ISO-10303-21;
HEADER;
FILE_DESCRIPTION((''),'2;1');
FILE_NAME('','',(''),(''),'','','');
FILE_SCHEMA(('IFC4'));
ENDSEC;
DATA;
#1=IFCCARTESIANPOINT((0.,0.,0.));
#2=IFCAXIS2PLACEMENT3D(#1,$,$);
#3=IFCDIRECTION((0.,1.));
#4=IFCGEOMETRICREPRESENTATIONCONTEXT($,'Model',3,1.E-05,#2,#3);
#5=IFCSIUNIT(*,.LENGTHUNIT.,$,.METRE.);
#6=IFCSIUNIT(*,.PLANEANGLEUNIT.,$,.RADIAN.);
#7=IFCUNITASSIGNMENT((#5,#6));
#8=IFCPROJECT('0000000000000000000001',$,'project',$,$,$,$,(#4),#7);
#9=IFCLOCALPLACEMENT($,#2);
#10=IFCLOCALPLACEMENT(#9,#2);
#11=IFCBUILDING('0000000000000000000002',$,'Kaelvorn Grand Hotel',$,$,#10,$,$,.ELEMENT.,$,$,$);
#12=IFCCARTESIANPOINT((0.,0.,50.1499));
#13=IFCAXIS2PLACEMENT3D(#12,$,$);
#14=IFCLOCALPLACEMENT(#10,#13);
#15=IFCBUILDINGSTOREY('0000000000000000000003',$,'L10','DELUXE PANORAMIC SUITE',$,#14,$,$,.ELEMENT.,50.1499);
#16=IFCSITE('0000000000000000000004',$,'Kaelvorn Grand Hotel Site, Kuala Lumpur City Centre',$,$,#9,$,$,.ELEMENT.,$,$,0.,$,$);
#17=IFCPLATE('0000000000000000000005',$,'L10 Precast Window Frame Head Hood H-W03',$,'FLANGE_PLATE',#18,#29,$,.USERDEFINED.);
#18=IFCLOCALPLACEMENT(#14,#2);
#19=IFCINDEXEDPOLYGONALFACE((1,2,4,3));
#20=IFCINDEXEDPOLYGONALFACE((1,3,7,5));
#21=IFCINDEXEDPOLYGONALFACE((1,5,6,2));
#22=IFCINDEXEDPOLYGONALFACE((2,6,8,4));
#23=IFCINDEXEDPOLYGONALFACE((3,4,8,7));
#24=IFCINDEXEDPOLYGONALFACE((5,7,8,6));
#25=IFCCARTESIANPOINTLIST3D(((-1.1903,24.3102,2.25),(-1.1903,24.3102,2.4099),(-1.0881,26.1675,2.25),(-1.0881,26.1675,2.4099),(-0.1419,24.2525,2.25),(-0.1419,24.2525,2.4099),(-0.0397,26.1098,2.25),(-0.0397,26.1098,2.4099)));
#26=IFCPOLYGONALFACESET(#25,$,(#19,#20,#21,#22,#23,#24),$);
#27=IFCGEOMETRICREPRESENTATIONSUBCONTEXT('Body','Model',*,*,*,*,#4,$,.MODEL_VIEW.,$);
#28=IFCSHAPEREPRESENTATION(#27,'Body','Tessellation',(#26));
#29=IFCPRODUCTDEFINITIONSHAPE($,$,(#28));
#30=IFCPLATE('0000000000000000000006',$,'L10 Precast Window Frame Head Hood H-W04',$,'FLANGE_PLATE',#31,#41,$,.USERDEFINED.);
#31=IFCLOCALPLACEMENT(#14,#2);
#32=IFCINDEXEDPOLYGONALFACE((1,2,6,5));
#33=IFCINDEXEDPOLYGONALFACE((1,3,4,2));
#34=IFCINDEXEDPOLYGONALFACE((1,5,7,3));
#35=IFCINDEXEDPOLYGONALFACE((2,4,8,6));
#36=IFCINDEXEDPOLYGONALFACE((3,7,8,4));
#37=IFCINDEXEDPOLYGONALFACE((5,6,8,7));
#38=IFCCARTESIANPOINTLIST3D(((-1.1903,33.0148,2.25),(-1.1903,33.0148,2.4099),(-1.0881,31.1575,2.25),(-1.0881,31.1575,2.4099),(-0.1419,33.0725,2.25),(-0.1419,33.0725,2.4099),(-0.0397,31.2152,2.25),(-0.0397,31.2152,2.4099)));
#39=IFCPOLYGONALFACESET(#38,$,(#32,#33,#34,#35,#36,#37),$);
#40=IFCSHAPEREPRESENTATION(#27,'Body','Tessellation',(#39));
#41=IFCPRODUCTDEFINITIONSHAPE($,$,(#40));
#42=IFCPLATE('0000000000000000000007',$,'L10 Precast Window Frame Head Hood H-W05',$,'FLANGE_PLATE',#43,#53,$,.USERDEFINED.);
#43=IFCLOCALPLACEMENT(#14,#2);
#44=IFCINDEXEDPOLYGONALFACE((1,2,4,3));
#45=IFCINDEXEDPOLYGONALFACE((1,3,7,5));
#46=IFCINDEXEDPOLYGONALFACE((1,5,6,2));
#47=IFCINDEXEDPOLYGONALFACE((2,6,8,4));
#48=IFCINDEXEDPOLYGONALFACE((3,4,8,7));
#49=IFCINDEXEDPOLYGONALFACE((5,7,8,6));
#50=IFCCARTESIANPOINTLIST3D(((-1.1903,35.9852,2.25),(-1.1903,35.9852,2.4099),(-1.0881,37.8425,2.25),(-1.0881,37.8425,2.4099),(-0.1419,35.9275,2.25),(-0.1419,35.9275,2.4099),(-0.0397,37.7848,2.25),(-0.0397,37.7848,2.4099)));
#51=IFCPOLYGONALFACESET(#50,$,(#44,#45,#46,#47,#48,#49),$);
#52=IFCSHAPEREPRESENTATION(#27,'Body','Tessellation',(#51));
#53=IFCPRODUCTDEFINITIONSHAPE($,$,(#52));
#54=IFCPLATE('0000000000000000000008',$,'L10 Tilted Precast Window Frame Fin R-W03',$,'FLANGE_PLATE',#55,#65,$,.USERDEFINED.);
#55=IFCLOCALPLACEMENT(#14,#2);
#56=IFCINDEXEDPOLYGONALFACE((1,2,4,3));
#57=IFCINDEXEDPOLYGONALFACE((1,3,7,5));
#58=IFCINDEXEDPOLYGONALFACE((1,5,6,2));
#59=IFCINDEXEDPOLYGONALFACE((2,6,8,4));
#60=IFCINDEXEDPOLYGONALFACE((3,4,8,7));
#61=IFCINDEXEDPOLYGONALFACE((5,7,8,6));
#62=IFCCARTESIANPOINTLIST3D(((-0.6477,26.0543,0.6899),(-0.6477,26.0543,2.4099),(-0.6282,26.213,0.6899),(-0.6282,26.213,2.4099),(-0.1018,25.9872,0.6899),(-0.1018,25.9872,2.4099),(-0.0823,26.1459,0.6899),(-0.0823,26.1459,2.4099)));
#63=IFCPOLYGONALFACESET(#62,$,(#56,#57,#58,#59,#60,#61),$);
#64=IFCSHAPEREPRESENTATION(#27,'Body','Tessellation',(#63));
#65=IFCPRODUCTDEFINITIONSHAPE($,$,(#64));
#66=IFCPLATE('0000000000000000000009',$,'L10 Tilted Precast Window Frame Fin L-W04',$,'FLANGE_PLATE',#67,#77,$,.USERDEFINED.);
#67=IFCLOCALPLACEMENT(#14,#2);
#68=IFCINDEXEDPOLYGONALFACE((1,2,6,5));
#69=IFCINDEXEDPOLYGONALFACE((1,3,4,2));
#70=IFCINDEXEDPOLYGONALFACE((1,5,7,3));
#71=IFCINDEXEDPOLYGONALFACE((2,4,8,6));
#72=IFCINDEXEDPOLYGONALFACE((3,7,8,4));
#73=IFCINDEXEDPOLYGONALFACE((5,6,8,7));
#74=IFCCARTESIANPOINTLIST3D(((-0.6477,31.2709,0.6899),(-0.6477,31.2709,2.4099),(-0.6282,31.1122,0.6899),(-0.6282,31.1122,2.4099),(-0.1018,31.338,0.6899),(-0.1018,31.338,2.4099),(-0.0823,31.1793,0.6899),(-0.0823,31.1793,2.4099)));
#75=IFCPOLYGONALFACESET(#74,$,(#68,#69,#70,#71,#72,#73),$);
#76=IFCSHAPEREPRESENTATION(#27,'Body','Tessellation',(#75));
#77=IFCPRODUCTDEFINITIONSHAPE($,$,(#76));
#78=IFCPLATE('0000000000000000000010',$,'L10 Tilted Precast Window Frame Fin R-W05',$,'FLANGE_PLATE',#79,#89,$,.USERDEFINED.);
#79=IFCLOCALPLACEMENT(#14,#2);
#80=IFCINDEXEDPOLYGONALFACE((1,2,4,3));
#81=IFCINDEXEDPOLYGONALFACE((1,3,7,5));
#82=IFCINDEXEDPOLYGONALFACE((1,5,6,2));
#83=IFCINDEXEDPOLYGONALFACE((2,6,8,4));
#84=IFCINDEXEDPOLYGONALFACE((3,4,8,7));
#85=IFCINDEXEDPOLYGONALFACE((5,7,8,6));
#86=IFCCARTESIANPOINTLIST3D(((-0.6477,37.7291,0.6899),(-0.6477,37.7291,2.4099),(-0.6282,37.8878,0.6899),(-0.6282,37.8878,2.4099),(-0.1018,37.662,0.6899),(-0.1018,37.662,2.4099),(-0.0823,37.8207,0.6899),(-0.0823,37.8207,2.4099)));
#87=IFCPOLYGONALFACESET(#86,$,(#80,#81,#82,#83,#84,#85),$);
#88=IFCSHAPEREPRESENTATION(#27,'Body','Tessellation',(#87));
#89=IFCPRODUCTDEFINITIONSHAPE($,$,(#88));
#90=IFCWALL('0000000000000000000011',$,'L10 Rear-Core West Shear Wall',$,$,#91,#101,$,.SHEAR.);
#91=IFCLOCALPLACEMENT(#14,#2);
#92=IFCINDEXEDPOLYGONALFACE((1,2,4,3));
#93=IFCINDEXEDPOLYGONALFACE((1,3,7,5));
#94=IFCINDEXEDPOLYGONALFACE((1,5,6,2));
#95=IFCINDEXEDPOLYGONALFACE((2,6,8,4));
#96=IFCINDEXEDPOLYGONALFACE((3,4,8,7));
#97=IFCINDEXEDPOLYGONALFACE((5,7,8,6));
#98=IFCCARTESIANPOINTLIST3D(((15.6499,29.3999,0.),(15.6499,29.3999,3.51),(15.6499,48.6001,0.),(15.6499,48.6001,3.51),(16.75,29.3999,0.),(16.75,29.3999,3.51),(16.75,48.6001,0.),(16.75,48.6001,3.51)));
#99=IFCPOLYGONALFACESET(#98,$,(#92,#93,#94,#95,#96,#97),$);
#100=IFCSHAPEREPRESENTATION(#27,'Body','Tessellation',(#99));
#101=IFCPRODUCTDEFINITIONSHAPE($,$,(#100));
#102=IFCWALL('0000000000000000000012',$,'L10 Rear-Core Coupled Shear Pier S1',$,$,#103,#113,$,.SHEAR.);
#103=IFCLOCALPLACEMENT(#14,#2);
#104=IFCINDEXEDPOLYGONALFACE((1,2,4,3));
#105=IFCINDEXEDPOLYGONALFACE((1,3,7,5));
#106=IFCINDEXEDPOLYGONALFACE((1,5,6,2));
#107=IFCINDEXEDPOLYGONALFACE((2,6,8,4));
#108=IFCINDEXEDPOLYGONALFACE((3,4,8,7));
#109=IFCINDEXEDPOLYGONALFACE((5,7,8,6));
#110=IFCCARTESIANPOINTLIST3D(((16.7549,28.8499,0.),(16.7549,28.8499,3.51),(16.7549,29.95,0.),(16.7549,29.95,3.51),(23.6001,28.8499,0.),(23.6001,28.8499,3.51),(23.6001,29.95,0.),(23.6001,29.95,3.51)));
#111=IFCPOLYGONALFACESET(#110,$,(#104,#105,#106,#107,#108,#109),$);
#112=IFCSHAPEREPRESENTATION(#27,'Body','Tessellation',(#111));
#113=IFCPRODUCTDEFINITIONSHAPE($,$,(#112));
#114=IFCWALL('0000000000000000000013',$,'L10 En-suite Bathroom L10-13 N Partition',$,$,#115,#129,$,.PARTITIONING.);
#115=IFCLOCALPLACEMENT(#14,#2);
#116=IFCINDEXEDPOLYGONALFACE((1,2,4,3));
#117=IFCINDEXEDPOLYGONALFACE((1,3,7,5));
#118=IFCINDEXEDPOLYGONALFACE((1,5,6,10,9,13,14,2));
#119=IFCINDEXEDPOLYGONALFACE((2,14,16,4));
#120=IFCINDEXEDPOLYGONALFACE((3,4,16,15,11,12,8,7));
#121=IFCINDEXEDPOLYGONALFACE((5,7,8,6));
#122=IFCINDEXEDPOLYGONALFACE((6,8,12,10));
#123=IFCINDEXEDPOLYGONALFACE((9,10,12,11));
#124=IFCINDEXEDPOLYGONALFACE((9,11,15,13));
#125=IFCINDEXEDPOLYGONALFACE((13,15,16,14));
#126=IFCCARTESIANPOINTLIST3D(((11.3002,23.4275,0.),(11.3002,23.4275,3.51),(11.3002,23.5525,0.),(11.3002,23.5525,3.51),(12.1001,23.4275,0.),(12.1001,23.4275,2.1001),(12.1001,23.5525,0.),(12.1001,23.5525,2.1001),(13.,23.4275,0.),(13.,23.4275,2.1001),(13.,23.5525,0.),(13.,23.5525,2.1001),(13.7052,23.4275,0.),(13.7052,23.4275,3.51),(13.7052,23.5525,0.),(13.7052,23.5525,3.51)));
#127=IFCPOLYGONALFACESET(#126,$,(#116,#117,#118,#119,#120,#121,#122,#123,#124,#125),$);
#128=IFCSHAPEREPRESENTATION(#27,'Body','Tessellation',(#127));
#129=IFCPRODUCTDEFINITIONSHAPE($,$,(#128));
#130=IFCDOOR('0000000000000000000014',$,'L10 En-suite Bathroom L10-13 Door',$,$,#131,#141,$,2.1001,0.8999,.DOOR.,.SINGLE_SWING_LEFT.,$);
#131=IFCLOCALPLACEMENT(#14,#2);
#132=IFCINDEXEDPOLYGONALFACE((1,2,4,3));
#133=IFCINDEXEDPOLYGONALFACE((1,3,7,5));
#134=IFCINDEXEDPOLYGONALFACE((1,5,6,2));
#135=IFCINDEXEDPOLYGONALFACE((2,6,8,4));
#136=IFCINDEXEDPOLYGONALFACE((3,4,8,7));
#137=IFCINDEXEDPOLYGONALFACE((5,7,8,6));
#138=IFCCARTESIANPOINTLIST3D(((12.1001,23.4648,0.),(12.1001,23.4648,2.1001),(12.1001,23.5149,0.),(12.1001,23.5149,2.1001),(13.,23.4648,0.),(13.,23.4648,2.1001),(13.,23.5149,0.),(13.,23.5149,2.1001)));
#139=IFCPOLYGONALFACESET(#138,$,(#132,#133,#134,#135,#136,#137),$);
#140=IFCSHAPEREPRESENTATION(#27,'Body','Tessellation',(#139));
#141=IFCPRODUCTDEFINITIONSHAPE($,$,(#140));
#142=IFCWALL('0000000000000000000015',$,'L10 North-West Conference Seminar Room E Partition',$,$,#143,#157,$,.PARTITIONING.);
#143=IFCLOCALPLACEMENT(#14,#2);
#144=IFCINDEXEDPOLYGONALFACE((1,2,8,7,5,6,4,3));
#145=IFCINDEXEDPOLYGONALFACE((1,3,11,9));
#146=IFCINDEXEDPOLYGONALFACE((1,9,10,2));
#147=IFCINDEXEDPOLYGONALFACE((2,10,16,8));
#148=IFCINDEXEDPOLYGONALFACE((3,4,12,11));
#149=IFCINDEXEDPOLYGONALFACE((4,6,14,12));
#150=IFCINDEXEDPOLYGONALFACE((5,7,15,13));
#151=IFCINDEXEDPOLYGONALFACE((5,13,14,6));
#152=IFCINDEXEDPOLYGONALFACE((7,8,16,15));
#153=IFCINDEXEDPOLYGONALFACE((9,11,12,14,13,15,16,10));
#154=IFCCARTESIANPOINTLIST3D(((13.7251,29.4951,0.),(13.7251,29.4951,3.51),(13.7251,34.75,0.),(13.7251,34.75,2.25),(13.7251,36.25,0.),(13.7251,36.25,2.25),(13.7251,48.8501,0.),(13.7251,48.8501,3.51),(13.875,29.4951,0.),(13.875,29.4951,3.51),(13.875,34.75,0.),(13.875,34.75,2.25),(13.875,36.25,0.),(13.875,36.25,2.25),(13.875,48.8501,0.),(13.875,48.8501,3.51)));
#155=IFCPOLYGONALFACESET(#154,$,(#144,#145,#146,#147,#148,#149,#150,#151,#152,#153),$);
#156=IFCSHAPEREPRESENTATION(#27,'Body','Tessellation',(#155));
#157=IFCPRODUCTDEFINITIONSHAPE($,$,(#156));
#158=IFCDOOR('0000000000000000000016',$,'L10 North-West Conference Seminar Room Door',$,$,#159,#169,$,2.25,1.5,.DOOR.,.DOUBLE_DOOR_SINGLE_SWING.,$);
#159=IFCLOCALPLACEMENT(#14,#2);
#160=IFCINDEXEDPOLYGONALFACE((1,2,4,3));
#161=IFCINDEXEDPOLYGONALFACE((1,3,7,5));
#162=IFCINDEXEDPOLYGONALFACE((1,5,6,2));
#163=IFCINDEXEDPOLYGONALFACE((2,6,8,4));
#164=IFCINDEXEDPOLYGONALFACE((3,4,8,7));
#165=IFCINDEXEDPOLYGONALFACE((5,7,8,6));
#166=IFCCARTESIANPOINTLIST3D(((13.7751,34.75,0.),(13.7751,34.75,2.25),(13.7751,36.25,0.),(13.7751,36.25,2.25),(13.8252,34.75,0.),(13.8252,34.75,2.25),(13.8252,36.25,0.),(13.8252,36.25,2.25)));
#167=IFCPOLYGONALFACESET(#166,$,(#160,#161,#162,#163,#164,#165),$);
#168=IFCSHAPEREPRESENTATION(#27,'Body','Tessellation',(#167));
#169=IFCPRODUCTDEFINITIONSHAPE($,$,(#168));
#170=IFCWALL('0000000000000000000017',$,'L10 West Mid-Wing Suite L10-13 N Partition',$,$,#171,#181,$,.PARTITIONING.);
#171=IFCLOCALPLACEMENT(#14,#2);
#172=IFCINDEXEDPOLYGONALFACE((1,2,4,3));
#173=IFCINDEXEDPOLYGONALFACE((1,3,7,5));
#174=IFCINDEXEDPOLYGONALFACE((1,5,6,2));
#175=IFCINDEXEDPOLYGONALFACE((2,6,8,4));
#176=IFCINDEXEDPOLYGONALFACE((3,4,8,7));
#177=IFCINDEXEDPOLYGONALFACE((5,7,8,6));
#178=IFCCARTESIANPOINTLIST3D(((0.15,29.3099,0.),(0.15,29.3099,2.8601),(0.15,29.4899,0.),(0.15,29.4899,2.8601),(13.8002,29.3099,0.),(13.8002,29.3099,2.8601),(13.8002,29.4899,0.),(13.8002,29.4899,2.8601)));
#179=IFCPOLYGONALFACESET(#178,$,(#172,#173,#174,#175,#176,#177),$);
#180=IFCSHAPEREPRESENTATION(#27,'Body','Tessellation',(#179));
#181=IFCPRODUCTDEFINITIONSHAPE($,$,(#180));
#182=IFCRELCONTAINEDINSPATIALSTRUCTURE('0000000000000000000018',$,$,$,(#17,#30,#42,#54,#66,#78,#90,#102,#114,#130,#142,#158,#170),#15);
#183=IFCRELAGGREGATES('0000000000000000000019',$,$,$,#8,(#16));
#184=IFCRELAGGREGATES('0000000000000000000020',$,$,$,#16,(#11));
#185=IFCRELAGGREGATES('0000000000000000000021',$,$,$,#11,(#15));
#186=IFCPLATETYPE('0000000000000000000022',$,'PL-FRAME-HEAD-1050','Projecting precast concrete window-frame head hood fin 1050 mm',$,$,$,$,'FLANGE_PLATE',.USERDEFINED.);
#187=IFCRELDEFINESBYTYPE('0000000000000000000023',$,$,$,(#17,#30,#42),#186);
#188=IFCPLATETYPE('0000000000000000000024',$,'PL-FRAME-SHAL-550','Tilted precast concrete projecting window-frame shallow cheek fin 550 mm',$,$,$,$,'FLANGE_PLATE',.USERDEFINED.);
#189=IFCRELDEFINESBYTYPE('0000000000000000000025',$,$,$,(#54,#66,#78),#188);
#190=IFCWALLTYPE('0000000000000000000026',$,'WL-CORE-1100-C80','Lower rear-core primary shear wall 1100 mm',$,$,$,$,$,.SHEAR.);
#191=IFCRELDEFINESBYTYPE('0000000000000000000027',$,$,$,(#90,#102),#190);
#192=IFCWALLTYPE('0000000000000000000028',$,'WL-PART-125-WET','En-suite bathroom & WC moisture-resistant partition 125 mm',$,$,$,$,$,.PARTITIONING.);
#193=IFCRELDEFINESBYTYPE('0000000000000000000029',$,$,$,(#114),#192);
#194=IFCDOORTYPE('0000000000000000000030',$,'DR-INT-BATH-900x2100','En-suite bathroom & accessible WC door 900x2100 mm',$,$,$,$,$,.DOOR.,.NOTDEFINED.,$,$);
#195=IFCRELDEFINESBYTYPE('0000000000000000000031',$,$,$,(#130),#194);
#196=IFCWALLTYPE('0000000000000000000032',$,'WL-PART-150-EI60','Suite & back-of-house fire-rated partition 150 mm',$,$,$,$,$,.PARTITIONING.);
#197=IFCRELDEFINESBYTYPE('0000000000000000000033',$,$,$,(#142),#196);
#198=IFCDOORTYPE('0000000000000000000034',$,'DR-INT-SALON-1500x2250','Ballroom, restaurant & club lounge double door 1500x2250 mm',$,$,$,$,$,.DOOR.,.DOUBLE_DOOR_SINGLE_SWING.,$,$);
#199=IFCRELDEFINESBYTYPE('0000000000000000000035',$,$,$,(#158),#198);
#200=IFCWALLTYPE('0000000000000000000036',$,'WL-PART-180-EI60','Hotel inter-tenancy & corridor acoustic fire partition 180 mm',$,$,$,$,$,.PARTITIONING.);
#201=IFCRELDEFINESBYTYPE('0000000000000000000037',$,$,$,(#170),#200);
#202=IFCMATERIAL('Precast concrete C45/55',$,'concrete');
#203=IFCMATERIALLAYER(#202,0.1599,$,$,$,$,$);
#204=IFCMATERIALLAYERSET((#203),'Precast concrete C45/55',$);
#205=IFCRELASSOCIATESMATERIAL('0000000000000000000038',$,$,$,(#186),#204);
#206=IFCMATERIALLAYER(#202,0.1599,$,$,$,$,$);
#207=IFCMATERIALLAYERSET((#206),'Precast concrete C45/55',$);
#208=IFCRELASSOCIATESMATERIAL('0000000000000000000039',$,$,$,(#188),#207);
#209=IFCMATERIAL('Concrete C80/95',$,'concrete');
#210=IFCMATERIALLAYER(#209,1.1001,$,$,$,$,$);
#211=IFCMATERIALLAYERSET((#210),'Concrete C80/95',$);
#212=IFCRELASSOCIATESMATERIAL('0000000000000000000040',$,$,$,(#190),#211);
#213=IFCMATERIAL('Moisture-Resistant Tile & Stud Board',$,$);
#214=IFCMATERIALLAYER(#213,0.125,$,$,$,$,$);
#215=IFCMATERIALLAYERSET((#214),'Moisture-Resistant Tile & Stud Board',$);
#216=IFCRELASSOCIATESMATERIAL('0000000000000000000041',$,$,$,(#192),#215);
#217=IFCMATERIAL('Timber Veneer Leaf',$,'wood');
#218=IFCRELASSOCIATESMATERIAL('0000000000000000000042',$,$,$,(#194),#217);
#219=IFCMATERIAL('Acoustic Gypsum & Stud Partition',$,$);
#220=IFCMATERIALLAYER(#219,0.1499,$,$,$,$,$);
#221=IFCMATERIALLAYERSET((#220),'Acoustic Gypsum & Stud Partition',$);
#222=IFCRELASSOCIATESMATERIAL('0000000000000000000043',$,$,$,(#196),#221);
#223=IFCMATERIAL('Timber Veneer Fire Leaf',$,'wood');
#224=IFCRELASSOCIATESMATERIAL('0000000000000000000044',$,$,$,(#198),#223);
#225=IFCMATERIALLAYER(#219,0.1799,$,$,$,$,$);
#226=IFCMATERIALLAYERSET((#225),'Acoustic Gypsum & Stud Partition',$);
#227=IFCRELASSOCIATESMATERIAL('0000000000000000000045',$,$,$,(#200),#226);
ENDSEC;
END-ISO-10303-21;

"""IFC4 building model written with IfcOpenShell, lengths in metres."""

from ifc_helpers import new_model, si_unit, direction, frame, frame_2d, origin, origin_2d, place, context, subcontext, project, spatial, rectangle, extrude, material, layer, layer_set, type_object, element, fill, save


model = new_model("IFC4")

# Units and contexts
model_context = context("Model", 3, precision=1e-05, world=origin(), true_north=direction((0.0, 1.0)))
body_context = subcontext(model_context, "Body", "Model", "MODEL_VIEW")
ifc_project = project(units=[si_unit("LENGTHUNIT", "METRE"), si_unit("PLANEANGLEUNIT", "RADIAN")], contexts=[model_context])

# Site, building, storey
site_placement = place(None, origin())
site = spatial("IfcSite", under=ifc_project, at=site_placement, Name="Kaelvorn Grand Hotel Site, Kuala Lumpur City Centre", CompositionType="ELEMENT", RefElevation=0.0)
building_placement = place(site_placement, origin())
building = spatial("IfcBuilding", under=site, at=building_placement, Name="Kaelvorn Grand Hotel", CompositionType="ELEMENT")
storey_placement = place(building_placement, frame((0.0, 0.0, 50.1499)))
storey = spatial("IfcBuildingStorey", under=building, at=storey_placement, Name="L10", Description="DELUXE PANORAMIC SUITE", CompositionType="ELEMENT", Elevation=50.1499)

# Shared definitions
ifc_material_1 = material(Name="Concrete C80/95", Category="concrete")

# Plates
ifc_material_2 = material(Name="Precast concrete C45/55", Category="concrete")
ifc_layer_1 = layer(ifc_material_2, 0.1599)
ifc_layer_set_1 = layer_set([ifc_layer_1], Name="Precast concrete C45/55")
plate_type_1 = type_object("IfcPlateType", Name="PL-FRAME-HEAD-1050", Description="Projecting precast concrete window-frame head hood fin 1050 mm", ElementType="FLANGE_PLATE", PredefinedType="USERDEFINED", material=ifc_layer_set_1)
for number, where, z_axis, x_axis, name in (
    (1, (-0.615, 25.21, 2.25), (0.0, 0.0, 1.0), (0.05495, 0.998489, 0.0), "L10 Precast Window Frame Head Hood H-W03"),
    (2, (-0.615, 32.115, 2.25), (0.0, 0.0, 1.0), (-0.05495, 0.998489, 0.0), "L10 Precast Window Frame Head Hood H-W04"),
    (3, (-0.615, 36.885, 2.25), (0.0, 0.0, 1.0), (0.05495, 0.998489, 0.0), "L10 Precast Window Frame Head Hood H-W05"),
):
    element("IfcPlate", number, at=place(storey_placement, frame(where, z_axis=z_axis, x_axis=x_axis)), inside=storey, type_object=plate_type_1, Name=name, ObjectType="FLANGE_PLATE", PredefinedType="USERDEFINED", context=body_context, shape_type="SweptSolid", body=[
        extrude(rectangle(XDim=1.8601, YDim=1.05, at=origin_2d()), origin(), (0.0, 0.0, 1.0), 0.1599),
    ])
ifc_layer_2 = layer(ifc_material_2, 0.1599)
ifc_layer_set_2 = layer_set([ifc_layer_2], Name="Precast concrete C45/55")
plate_type_2 = type_object("IfcPlateType", Name="PL-FRAME-SHAL-550", Description="Tilted precast concrete projecting window-frame shallow cheek fin 550 mm", ElementType="FLANGE_PLATE", PredefinedType="USERDEFINED", material=ifc_layer_set_2)
for number, where, z_axis, x_axis, name in (
    (4, (-0.365, 26.1001, 0.6899), (0.0, 0.0, 1.0), (0.121869, 0.992546, 0.0), "L10 Tilted Precast Window Frame Fin R-W03"),
    (5, (-0.365, 31.2251, 0.6899), (0.0, 0.0, 1.0), (-0.121869, 0.992546, 0.0), "L10 Tilted Precast Window Frame Fin L-W04"),
    (6, (-0.365, 37.7749, 0.6899), (0.0, 0.0, 1.0), (0.121869, 0.992546, 0.0), "L10 Tilted Precast Window Frame Fin R-W05"),
):
    element("IfcPlate", number, at=place(storey_placement, frame(where, z_axis=z_axis, x_axis=x_axis)), inside=storey, type_object=plate_type_2, Name=name, ObjectType="FLANGE_PLATE", PredefinedType="USERDEFINED", context=body_context, shape_type="SweptSolid", body=[
        extrude(rectangle(XDim=0.1599, YDim=0.55, at=origin_2d()), origin(), (0.0, 0.0, 1.0), 1.72),
    ])

# Walls
ifc_layer_3 = layer(ifc_material_1, 1.1001)
ifc_layer_set_3 = layer_set([ifc_layer_3], Name="Concrete C80/95")
wall_type_1 = type_object("IfcWallType", Name="WL-CORE-1100-C80", Description="Lower rear-core primary shear wall 1100 mm", PredefinedType="SHEAR", material=ifc_layer_set_3)
wall_1_placement = place(storey_placement, frame((16.2, 29.3999, 0.0), z_axis=(0.0, 0.0, 1.0), x_axis=(0.0, 1.0, 0.0)))
element("IfcWall", 7, at=wall_1_placement, inside=storey, type_object=wall_type_1, Name="L10 Rear-Core West Shear Wall", PredefinedType="SHEAR", context=body_context, shape_type="SweptSolid", body=[
    extrude(rectangle(XDim=19.2002, YDim=1.1001, at=frame_2d((9.6001, 0.0))), origin(), (0.0, 0.0, 1.0), 3.51),
])
wall_2_placement = place(storey_placement, frame((16.7549, 29.3999, 0.0), z_axis=(0.0, 0.0, 1.0), x_axis=(1.0, 0.0, 0.0)))
element("IfcWall", 8, at=wall_2_placement, inside=storey, type_object=wall_type_1, Name="L10 Rear-Core Coupled Shear Pier S1", PredefinedType="SHEAR", context=body_context, shape_type="SweptSolid", body=[
    extrude(rectangle(XDim=6.8452, YDim=1.1001, at=frame_2d((3.4226, 0.0))), origin(), (0.0, 0.0, 1.0), 3.51),
])

# Walls, openings, doors
ifc_material_3 = material(Name="Moisture-Resistant Tile & Stud Board")
ifc_layer_4 = layer(ifc_material_3, 0.125)
ifc_layer_set_4 = layer_set([ifc_layer_4], Name="Moisture-Resistant Tile & Stud Board")
wall_type_2 = type_object("IfcWallType", Name="WL-PART-125-WET", Description="En-suite bathroom & WC moisture-resistant partition 125 mm", PredefinedType="PARTITIONING", material=ifc_layer_set_4)
wall_3_placement = place(storey_placement, frame((11.3, 23.49, 0.0), z_axis=(0.0, 0.0, 1.0), x_axis=(1.0, 0.0, 0.0)))
wall_3 = element("IfcWall", 9, at=wall_3_placement, inside=storey, type_object=wall_type_2, Name="L10 En-suite Bathroom L10-13 N Partition", PredefinedType="PARTITIONING", context=body_context, shape_type="SweptSolid", body=[
    extrude(rectangle(XDim=2.405, YDim=0.125, at=frame_2d((1.2026, 0.0))), origin(), (0.0, 0.0, 1.0), 3.51),
])
opening_1_placement = place(wall_3_placement, frame((0.8, 0.0, 0.0)))
opening_1 = element("IfcOpeningElement", 10, at=opening_1_placement, cuts=wall_3, PredefinedType="OPENING", context=body_context, shape_type="SweptSolid", body=[
    extrude(rectangle(XDim=0.8999, YDim=2.1001, at=frame_2d((0.45, 1.05))), frame((0.0, 0.0725, 0.0), z_axis=(0.0, -1.0, 0.0), x_axis=(1.0, 0.0, 0.0)), (0.0, 0.0, 1.0), 0.145),
])
ifc_material_4 = material(Name="Timber Veneer Leaf", Category="wood")
door_type_1 = type_object("IfcDoorType", Name="DR-INT-BATH-900x2100", Description="En-suite bathroom & accessible WC door 900x2100 mm", OperationType="NOTDEFINED", PredefinedType="DOOR", material=ifc_material_4)
door_1_placement = place(opening_1_placement, origin())
door_1 = element("IfcDoor", 11, at=door_1_placement, inside=storey, type_object=door_type_1, Name="L10 En-suite Bathroom L10-13 Door", OperationType="SINGLE_SWING_LEFT", OverallHeight=2.1001, OverallWidth=0.8999, PredefinedType="DOOR", context=body_context, shape_type="SweptSolid", body=[
    extrude(rectangle(XDim=0.8999, YDim=2.1001, at=frame_2d((0.45, 1.05))), frame((0.0, 0.0249, 0.0), z_axis=(0.0, -1.0, 0.0), x_axis=(1.0, 0.0, 0.0)), (0.0, 0.0, 1.0), 0.05),
])
fill(opening_1, door_1)
ifc_material_5 = material(Name="Acoustic Gypsum & Stud Partition")
ifc_layer_5 = layer(ifc_material_5, 0.1499)
ifc_layer_set_5 = layer_set([ifc_layer_5], Name="Acoustic Gypsum & Stud Partition")
wall_type_3 = type_object("IfcWallType", Name="WL-PART-150-EI60", Description="Suite & back-of-house fire-rated partition 150 mm", PredefinedType="PARTITIONING", material=ifc_layer_set_5)
wall_4_placement = place(storey_placement, frame((13.8, 29.4951, 0.0), z_axis=(0.0, 0.0, 1.0), x_axis=(0.0, 1.0, 0.0)))
wall_4 = element("IfcWall", 12, at=wall_4_placement, inside=storey, type_object=wall_type_3, Name="L10 North-West Conference Seminar Room E Partition", PredefinedType="PARTITIONING", context=body_context, shape_type="SweptSolid", body=[
    extrude(rectangle(XDim=19.355, YDim=0.1499, at=frame_2d((9.6775, 0.0))), origin(), (0.0, 0.0, 1.0), 3.51),
])
opening_2_placement = place(wall_4_placement, frame((5.2549, 0.0, 0.0)))
opening_2 = element("IfcOpeningElement", 13, at=opening_2_placement, cuts=wall_4, PredefinedType="OPENING", context=body_context, shape_type="SweptSolid", body=[
    extrude(rectangle(XDim=1.5, YDim=2.25, at=frame_2d((0.75, 1.125))), frame((0.0, 0.085, 0.0), z_axis=(0.0, -1.0, 0.0), x_axis=(1.0, 0.0, 0.0)), (0.0, 0.0, 1.0), 0.1699),
])
ifc_material_6 = material(Name="Timber Veneer Fire Leaf", Category="wood")
door_type_2 = type_object("IfcDoorType", Name="DR-INT-SALON-1500x2250", Description="Ballroom, restaurant & club lounge double door 1500x2250 mm", OperationType="DOUBLE_DOOR_SINGLE_SWING", PredefinedType="DOOR", material=ifc_material_6)
door_2_placement = place(opening_2_placement, origin())
door_2 = element("IfcDoor", 14, at=door_2_placement, inside=storey, type_object=door_type_2, Name="L10 North-West Conference Seminar Room Door", OperationType="DOUBLE_DOOR_SINGLE_SWING", OverallHeight=2.25, OverallWidth=1.5, PredefinedType="DOOR", context=body_context, shape_type="SweptSolid", body=[
    extrude(rectangle(XDim=1.5, YDim=2.25, at=frame_2d((0.75, 1.125))), frame((0.0, 0.0249, 0.0), z_axis=(0.0, -1.0, 0.0), x_axis=(1.0, 0.0, 0.0)), (0.0, 0.0, 1.0), 0.05),
])
fill(opening_2, door_2)

# Wall
ifc_layer_6 = layer(ifc_material_5, 0.1799)
ifc_layer_set_6 = layer_set([ifc_layer_6], Name="Acoustic Gypsum & Stud Partition")
wall_type_4 = type_object("IfcWallType", Name="WL-PART-180-EI60", Description="Hotel inter-tenancy & corridor acoustic fire partition 180 mm", PredefinedType="PARTITIONING", material=ifc_layer_set_6)
wall_5_placement = place(storey_placement, frame((0.1499, 29.3999, 0.0), z_axis=(0.0, 0.0, 1.0), x_axis=(1.0, 0.0, 0.0)))
element("IfcWall", 15, at=wall_5_placement, inside=storey, type_object=wall_type_4, Name="L10 West Mid-Wing Suite L10-13 N Partition", PredefinedType="PARTITIONING", context=body_context, shape_type="SweptSolid", body=[
    extrude(rectangle(XDim=13.6501, YDim=0.1799, at=frame_2d((6.8252, 0.0))), origin(), (0.0, 0.0, 1.0), 2.8601),
])

save(model, "model.ifc")
